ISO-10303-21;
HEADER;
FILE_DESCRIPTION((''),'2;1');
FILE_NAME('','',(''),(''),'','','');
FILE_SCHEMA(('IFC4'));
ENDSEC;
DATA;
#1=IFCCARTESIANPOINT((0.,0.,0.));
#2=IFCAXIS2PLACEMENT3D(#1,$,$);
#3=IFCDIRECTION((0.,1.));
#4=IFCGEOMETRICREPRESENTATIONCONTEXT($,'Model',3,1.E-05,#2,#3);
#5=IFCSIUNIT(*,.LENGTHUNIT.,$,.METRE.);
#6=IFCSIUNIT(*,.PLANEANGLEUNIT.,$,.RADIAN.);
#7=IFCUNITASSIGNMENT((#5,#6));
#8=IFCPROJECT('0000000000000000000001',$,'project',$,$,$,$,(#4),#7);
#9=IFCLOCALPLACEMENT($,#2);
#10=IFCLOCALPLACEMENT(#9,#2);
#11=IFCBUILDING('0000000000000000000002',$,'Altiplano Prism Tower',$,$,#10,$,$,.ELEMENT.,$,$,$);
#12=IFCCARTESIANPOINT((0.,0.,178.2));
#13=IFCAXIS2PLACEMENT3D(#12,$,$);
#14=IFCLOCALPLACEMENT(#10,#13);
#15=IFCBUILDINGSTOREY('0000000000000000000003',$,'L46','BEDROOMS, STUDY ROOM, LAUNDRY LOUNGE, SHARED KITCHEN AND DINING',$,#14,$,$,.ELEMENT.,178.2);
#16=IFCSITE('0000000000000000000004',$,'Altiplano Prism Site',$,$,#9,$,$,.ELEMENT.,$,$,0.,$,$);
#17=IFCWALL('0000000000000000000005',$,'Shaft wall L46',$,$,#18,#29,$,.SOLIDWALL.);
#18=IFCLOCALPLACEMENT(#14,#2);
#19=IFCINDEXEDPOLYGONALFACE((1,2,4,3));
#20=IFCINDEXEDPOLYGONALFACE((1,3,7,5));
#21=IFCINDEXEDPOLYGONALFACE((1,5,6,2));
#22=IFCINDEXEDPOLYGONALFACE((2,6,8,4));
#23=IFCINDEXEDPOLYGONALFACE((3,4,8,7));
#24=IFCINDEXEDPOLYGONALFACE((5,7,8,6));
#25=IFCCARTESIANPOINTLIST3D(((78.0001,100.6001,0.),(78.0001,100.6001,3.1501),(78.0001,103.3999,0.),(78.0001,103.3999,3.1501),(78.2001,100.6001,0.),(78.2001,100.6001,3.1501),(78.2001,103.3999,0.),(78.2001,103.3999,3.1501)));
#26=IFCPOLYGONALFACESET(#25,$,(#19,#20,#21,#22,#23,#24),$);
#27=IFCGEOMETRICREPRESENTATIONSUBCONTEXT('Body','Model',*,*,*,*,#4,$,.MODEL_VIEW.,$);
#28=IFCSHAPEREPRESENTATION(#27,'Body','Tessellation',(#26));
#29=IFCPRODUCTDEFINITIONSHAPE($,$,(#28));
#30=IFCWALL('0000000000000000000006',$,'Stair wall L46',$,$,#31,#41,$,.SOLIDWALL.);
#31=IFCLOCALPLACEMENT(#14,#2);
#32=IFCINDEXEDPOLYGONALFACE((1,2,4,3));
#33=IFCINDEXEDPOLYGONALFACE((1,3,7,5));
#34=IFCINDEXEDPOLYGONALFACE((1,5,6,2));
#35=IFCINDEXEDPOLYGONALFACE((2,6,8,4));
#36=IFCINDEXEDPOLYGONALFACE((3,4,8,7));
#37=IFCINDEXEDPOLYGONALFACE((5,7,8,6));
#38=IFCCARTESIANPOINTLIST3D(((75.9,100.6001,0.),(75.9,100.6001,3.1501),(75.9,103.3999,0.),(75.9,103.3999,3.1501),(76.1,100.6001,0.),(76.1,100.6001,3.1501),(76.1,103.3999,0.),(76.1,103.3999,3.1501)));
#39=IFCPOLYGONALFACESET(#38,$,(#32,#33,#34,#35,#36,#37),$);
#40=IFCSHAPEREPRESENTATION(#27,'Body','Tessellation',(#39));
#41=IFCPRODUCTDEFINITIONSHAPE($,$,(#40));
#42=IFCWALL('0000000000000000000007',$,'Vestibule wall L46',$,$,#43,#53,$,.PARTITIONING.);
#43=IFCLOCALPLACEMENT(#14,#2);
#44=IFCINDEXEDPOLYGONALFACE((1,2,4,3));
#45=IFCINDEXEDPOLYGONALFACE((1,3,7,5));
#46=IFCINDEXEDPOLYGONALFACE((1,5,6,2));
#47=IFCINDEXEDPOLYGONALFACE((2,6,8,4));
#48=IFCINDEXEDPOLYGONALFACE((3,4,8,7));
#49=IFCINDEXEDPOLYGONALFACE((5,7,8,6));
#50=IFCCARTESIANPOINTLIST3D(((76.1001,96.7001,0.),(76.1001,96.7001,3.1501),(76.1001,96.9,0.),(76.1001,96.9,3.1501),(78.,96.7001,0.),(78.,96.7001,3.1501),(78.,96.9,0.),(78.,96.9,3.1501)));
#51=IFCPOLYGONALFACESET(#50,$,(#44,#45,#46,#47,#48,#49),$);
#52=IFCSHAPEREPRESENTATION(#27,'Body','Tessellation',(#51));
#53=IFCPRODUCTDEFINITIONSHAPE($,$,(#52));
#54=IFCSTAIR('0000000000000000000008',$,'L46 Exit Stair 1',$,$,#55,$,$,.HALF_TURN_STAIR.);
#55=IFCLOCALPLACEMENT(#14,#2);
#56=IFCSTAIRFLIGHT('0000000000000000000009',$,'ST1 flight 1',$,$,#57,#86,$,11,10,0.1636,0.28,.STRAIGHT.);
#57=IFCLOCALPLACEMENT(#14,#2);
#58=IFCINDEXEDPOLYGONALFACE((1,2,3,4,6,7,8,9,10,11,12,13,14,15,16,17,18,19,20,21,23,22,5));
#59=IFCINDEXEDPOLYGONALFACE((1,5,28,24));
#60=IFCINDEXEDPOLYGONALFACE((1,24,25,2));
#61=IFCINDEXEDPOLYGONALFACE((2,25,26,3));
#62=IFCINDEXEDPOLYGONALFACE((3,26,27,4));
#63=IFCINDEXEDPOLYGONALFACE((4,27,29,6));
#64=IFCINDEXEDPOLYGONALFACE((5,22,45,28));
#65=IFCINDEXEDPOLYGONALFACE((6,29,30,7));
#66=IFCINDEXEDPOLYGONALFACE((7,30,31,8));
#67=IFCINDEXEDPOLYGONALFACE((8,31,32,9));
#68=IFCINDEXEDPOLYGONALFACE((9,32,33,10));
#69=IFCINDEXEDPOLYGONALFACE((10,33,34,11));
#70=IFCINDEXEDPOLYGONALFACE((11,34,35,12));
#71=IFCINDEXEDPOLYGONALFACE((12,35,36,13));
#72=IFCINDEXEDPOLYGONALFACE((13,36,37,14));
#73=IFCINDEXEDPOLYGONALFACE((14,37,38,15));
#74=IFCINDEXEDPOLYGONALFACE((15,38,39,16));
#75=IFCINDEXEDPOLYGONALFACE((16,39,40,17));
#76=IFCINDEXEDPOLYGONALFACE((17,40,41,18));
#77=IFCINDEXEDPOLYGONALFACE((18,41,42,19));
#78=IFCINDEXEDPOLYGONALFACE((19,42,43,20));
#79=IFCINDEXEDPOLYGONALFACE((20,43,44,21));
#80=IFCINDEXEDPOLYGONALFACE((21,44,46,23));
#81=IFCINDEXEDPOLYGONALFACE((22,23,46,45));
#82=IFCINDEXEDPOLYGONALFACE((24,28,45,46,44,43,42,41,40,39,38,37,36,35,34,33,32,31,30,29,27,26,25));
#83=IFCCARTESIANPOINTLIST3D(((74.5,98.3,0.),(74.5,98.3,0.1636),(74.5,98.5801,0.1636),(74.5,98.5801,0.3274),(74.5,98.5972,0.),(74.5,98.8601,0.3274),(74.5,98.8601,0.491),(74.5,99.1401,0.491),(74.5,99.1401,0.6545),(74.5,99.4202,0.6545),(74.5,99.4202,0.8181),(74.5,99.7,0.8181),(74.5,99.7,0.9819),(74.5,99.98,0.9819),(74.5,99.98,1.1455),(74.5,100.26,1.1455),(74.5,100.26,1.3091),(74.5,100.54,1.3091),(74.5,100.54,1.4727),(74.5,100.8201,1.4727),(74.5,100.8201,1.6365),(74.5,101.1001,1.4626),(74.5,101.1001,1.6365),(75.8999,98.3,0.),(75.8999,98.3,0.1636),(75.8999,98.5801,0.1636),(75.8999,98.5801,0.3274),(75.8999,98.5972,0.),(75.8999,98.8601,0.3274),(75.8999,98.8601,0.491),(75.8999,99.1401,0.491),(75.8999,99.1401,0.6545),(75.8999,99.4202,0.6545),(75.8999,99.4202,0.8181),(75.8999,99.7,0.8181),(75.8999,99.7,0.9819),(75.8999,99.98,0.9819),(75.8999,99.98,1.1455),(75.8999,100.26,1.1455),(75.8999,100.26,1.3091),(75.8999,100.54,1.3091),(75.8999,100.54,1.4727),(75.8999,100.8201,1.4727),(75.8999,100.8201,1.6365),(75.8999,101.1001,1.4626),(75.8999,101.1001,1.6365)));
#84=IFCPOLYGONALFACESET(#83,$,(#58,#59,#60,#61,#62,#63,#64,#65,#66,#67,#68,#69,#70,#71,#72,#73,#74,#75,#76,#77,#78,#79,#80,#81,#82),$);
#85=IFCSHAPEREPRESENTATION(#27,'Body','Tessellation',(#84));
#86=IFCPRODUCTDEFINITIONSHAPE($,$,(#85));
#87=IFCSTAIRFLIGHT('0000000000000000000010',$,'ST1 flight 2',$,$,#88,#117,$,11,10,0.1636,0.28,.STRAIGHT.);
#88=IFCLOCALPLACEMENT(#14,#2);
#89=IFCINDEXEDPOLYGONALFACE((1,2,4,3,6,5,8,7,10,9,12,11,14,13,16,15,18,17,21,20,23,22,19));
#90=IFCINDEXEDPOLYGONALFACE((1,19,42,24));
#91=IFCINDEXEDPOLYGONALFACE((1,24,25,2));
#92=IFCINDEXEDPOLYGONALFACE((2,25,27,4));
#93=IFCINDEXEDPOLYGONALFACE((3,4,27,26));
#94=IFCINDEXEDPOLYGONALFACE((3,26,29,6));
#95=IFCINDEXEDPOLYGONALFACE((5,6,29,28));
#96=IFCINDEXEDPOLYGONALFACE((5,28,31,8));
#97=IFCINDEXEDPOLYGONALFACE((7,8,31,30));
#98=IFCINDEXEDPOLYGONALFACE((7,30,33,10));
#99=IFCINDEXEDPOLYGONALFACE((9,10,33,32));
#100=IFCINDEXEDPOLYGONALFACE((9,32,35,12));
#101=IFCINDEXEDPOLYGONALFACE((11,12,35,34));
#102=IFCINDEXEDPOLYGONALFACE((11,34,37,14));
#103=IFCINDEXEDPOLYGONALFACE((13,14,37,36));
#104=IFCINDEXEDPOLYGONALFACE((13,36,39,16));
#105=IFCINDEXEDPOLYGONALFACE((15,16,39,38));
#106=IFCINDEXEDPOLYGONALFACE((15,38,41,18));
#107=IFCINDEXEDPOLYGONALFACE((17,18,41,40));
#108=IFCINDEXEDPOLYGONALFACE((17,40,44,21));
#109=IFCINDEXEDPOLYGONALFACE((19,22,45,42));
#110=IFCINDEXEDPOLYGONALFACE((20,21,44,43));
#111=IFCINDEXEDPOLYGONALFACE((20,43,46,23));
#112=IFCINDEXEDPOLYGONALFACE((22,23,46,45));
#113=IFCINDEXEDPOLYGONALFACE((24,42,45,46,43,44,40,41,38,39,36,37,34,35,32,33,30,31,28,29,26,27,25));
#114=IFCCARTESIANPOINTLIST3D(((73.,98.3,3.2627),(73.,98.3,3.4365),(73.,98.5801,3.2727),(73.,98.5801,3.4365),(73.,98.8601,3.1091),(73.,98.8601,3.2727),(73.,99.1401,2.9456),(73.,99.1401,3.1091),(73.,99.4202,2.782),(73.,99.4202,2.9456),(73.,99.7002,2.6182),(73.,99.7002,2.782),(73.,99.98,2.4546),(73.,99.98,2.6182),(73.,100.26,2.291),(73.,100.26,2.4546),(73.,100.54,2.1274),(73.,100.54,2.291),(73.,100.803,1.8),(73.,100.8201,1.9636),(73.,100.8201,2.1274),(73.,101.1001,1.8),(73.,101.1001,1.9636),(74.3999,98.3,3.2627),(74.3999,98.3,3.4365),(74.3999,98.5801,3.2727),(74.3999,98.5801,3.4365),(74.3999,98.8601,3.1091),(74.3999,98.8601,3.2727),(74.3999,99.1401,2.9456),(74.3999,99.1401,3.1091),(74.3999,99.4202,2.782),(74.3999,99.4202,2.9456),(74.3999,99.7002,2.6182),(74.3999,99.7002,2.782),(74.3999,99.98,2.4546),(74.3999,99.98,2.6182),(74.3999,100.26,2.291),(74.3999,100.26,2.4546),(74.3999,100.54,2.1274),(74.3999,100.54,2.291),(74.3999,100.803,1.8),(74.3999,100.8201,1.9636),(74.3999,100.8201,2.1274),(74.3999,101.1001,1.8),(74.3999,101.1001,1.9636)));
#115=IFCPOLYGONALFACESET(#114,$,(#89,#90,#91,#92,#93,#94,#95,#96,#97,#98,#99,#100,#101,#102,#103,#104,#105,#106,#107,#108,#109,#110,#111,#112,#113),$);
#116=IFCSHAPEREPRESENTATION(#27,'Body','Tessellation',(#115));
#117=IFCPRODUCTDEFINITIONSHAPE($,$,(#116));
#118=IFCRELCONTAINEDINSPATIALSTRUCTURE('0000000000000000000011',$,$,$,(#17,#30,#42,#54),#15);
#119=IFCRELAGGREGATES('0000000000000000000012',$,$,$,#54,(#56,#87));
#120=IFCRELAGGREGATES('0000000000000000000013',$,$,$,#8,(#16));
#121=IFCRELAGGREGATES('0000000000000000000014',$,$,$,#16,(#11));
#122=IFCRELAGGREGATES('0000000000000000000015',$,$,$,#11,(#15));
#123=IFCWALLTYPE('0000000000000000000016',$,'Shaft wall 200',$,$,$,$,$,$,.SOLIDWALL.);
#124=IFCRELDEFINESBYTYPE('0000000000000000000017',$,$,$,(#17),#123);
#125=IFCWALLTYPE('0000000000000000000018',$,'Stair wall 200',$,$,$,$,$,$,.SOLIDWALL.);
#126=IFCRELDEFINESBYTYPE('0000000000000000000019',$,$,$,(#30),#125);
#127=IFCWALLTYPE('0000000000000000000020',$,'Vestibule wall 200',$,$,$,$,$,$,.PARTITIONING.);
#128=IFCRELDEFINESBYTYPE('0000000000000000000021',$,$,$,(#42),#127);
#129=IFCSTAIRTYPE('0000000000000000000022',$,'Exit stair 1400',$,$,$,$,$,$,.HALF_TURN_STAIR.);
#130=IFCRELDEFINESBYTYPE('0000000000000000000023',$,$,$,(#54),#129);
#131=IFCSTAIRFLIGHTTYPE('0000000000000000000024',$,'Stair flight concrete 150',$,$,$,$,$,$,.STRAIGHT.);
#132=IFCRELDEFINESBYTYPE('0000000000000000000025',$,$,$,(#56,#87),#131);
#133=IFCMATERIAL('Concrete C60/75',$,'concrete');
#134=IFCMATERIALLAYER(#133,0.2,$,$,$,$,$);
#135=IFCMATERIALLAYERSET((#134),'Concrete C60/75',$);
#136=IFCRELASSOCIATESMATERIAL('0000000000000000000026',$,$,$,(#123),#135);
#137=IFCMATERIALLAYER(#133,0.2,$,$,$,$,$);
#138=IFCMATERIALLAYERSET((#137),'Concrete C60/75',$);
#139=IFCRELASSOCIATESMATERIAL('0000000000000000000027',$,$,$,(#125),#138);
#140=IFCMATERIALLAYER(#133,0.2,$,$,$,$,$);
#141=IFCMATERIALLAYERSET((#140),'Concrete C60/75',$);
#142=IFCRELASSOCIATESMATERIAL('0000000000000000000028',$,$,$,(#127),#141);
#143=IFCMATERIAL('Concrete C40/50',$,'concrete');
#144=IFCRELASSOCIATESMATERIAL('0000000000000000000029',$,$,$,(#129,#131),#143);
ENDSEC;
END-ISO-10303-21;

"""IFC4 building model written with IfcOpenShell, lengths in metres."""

from ifc_helpers import new_model, si_unit, direction, frame, frame_2d, origin, place, context, subcontext, project, spatial, polyline, rectangle, outline, extrude, material, layer, layer_set, type_object, element, aggregate, save


model = new_model("IFC4")

# Units and contexts
model_context = context("Model", 3, precision=1e-05, world=origin(), true_north=direction((0.0, 1.0)))
body_context = subcontext(model_context, "Body", "Model", "MODEL_VIEW")
ifc_project = project(units=[si_unit("LENGTHUNIT", "METRE"), si_unit("PLANEANGLEUNIT", "RADIAN")], contexts=[model_context])

# Site, building, storey
site_placement = place(None, origin())
site = spatial("IfcSite", under=ifc_project, at=site_placement, Name="Altiplano Prism Site", CompositionType="ELEMENT", RefElevation=0.0)
building_placement = place(site_placement, origin())
building = spatial("IfcBuilding", under=site, at=building_placement, Name="Altiplano Prism Tower", CompositionType="ELEMENT")
storey_placement = place(building_placement, frame((0.0, 0.0, 178.2)))
storey = spatial("IfcBuildingStorey", under=building, at=storey_placement, Name="L46", Description="BEDROOMS, STUDY ROOM, LAUNDRY LOUNGE, SHARED KITCHEN AND DINING", CompositionType="ELEMENT", Elevation=178.2)

# Wall
ifc_material_1 = material(Name="Concrete C60/75", Category="concrete")
ifc_layer_1 = layer(ifc_material_1, 0.2)
ifc_layer_set_1 = layer_set([ifc_layer_1], Name="Concrete C60/75")
wall_type_1 = type_object("IfcWallType", Name="Shaft wall 200", PredefinedType="SOLIDWALL", material=ifc_layer_set_1)
wall_1_placement = place(storey_placement, frame((78.1001, 100.6001, 0.0), z_axis=(0.0, 0.0, 1.0), x_axis=(0.0, 1.0, 0.0)))
element("IfcWall", 1, at=wall_1_placement, inside=storey, type_object=wall_type_1, Name="Shaft wall L46", PredefinedType="SOLIDWALL", context=body_context, shape_type="SweptSolid", body=[
    extrude(rectangle(XDim=2.7998, YDim=0.2, at=frame_2d((1.3999, 0.0))), origin(), (0.0, 0.0, 1.0), 3.1501),
])

# Shared definitions
ifc_layer_2 = layer(ifc_material_1, 0.2)
ifc_layer_set_2 = layer_set([ifc_layer_2], Name="Concrete C60/75")
wall_type_2 = type_object("IfcWallType", Name="Stair wall 200", PredefinedType="SOLIDWALL", material=ifc_layer_set_2)

# Walls
wall_2_placement = place(storey_placement, frame((76.0, 100.6001, 0.0), z_axis=(0.0, 0.0, 1.0), x_axis=(0.0, 1.0, 0.0)))
element("IfcWall", 2, at=wall_2_placement, inside=storey, type_object=wall_type_2, Name="Stair wall L46", PredefinedType="SOLIDWALL", context=body_context, shape_type="SweptSolid", body=[
    extrude(rectangle(XDim=2.7998, YDim=0.2, at=frame_2d((1.3999, 0.0))), origin(), (0.0, 0.0, 1.0), 3.1501),
])
ifc_layer_3 = layer(ifc_material_1, 0.2)
ifc_layer_set_3 = layer_set([ifc_layer_3], Name="Concrete C60/75")
wall_type_3 = type_object("IfcWallType", Name="Vestibule wall 200", PredefinedType="PARTITIONING", material=ifc_layer_set_3)
wall_3_placement = place(storey_placement, frame((76.1001, 96.8, 0.0), z_axis=(0.0, 0.0, 1.0), x_axis=(1.0, 0.0, 0.0)))
element("IfcWall", 3, at=wall_3_placement, inside=storey, type_object=wall_type_3, Name="Vestibule wall L46", PredefinedType="PARTITIONING", context=body_context, shape_type="SweptSolid", body=[
    extrude(rectangle(XDim=1.8999, YDim=0.2, at=frame_2d((0.95, 0.0))), origin(), (0.0, 0.0, 1.0), 3.1501),
])

# Stair, stair flights
ifc_material_2 = material(Name="Concrete C40/50", Category="concrete")
stair_type = type_object("IfcStairType", Name="Exit stair 1400", PredefinedType="HALF_TURN_STAIR", material=ifc_material_2)
stair_placement = place(storey_placement, origin())
stair = element("IfcStair", 4, at=stair_placement, inside=storey, type_object=stair_type, Name="L46 Exit Stair 1", PredefinedType="HALF_TURN_STAIR")
stair_flight_type = type_object("IfcStairFlightType", Name="Stair flight concrete 150", PredefinedType="STRAIGHT", material=ifc_material_2)
stair_flight_1_placement = place(storey_placement, frame((75.2, 98.3, 0.0), z_axis=(0.0, 0.0, 1.0), x_axis=(0.0, 1.0, 0.0)))
stair_flight_1 = element("IfcStairFlight", 5, at=stair_flight_1_placement, type_object=stair_flight_type, Name="ST1 flight 1", NumberOfRisers=11, NumberOfTreads=10, PredefinedType="STRAIGHT", RiserHeight=0.1636, TreadLength=0.28, context=body_context, shape_type="SweptSolid", body=[
    extrude(outline(polyline([(0.0, 0.0), (0.0, 0.1636), (0.28, 0.1636), (0.28, 0.3274), (0.5601, 0.3274), (0.5601, 0.491), (0.8401, 0.491), (0.8401, 0.6545), (1.1201, 0.6545), (1.1201, 0.8181), (1.3999, 0.8181), (1.3999, 0.9819), (1.6799, 0.9819), (1.6799, 1.1455), (1.96, 1.1455), (1.96, 1.3091), (2.24, 1.3091), (2.24, 1.4727), (2.52, 1.4727), (2.52, 1.6365), (2.8, 1.6365), (2.8, 1.8), (2.8, 1.4626), (0.2971, 0.0), (0.0, 0.0)])), frame((0.0, 0.7, 0.0), z_axis=(0.0, -1.0, 0.0), x_axis=(1.0, 0.0, 0.0)), (0.0, 0.0, 1.0), 1.3999),
])
stair_flight_2_placement = place(storey_placement, frame((73.7, 101.1001, 1.8), z_axis=(0.0, 0.0, 1.0), x_axis=(0.0, -1.0, 0.0)))
stair_flight_2 = element("IfcStairFlight", 6, at=stair_flight_2_placement, type_object=stair_flight_type, Name="ST1 flight 2", NumberOfRisers=11, NumberOfTreads=10, PredefinedType="STRAIGHT", RiserHeight=0.1636, TreadLength=0.28, context=body_context, shape_type="SweptSolid", body=[
    extrude(outline(polyline([(0.0, 0.0), (0.0, 0.1636), (0.28, 0.1636), (0.28, 0.3274), (0.5601, 0.3274), (0.5601, 0.491), (0.8401, 0.491), (0.8401, 0.6545), (1.1201, 0.6545), (1.1201, 0.8181), (1.3999, 0.8181), (1.3999, 0.9819), (1.6799, 0.9819), (1.6799, 1.1455), (1.96, 1.1455), (1.96, 1.3091), (2.24, 1.3091), (2.24, 1.4727), (2.52, 1.4727), (2.52, 1.6365), (2.8, 1.6365), (2.8, 1.8), (2.8, 1.4626), (0.2971, 0.0), (0.0, 0.0)])), frame((0.0, 0.7, 0.0), z_axis=(0.0, -1.0, 0.0), x_axis=(1.0, 0.0, 0.0)), (0.0, 0.0, 1.0), 1.3999),
])
aggregate(stair, [stair_flight_1, stair_flight_2])

save(model, "model.ifc")
